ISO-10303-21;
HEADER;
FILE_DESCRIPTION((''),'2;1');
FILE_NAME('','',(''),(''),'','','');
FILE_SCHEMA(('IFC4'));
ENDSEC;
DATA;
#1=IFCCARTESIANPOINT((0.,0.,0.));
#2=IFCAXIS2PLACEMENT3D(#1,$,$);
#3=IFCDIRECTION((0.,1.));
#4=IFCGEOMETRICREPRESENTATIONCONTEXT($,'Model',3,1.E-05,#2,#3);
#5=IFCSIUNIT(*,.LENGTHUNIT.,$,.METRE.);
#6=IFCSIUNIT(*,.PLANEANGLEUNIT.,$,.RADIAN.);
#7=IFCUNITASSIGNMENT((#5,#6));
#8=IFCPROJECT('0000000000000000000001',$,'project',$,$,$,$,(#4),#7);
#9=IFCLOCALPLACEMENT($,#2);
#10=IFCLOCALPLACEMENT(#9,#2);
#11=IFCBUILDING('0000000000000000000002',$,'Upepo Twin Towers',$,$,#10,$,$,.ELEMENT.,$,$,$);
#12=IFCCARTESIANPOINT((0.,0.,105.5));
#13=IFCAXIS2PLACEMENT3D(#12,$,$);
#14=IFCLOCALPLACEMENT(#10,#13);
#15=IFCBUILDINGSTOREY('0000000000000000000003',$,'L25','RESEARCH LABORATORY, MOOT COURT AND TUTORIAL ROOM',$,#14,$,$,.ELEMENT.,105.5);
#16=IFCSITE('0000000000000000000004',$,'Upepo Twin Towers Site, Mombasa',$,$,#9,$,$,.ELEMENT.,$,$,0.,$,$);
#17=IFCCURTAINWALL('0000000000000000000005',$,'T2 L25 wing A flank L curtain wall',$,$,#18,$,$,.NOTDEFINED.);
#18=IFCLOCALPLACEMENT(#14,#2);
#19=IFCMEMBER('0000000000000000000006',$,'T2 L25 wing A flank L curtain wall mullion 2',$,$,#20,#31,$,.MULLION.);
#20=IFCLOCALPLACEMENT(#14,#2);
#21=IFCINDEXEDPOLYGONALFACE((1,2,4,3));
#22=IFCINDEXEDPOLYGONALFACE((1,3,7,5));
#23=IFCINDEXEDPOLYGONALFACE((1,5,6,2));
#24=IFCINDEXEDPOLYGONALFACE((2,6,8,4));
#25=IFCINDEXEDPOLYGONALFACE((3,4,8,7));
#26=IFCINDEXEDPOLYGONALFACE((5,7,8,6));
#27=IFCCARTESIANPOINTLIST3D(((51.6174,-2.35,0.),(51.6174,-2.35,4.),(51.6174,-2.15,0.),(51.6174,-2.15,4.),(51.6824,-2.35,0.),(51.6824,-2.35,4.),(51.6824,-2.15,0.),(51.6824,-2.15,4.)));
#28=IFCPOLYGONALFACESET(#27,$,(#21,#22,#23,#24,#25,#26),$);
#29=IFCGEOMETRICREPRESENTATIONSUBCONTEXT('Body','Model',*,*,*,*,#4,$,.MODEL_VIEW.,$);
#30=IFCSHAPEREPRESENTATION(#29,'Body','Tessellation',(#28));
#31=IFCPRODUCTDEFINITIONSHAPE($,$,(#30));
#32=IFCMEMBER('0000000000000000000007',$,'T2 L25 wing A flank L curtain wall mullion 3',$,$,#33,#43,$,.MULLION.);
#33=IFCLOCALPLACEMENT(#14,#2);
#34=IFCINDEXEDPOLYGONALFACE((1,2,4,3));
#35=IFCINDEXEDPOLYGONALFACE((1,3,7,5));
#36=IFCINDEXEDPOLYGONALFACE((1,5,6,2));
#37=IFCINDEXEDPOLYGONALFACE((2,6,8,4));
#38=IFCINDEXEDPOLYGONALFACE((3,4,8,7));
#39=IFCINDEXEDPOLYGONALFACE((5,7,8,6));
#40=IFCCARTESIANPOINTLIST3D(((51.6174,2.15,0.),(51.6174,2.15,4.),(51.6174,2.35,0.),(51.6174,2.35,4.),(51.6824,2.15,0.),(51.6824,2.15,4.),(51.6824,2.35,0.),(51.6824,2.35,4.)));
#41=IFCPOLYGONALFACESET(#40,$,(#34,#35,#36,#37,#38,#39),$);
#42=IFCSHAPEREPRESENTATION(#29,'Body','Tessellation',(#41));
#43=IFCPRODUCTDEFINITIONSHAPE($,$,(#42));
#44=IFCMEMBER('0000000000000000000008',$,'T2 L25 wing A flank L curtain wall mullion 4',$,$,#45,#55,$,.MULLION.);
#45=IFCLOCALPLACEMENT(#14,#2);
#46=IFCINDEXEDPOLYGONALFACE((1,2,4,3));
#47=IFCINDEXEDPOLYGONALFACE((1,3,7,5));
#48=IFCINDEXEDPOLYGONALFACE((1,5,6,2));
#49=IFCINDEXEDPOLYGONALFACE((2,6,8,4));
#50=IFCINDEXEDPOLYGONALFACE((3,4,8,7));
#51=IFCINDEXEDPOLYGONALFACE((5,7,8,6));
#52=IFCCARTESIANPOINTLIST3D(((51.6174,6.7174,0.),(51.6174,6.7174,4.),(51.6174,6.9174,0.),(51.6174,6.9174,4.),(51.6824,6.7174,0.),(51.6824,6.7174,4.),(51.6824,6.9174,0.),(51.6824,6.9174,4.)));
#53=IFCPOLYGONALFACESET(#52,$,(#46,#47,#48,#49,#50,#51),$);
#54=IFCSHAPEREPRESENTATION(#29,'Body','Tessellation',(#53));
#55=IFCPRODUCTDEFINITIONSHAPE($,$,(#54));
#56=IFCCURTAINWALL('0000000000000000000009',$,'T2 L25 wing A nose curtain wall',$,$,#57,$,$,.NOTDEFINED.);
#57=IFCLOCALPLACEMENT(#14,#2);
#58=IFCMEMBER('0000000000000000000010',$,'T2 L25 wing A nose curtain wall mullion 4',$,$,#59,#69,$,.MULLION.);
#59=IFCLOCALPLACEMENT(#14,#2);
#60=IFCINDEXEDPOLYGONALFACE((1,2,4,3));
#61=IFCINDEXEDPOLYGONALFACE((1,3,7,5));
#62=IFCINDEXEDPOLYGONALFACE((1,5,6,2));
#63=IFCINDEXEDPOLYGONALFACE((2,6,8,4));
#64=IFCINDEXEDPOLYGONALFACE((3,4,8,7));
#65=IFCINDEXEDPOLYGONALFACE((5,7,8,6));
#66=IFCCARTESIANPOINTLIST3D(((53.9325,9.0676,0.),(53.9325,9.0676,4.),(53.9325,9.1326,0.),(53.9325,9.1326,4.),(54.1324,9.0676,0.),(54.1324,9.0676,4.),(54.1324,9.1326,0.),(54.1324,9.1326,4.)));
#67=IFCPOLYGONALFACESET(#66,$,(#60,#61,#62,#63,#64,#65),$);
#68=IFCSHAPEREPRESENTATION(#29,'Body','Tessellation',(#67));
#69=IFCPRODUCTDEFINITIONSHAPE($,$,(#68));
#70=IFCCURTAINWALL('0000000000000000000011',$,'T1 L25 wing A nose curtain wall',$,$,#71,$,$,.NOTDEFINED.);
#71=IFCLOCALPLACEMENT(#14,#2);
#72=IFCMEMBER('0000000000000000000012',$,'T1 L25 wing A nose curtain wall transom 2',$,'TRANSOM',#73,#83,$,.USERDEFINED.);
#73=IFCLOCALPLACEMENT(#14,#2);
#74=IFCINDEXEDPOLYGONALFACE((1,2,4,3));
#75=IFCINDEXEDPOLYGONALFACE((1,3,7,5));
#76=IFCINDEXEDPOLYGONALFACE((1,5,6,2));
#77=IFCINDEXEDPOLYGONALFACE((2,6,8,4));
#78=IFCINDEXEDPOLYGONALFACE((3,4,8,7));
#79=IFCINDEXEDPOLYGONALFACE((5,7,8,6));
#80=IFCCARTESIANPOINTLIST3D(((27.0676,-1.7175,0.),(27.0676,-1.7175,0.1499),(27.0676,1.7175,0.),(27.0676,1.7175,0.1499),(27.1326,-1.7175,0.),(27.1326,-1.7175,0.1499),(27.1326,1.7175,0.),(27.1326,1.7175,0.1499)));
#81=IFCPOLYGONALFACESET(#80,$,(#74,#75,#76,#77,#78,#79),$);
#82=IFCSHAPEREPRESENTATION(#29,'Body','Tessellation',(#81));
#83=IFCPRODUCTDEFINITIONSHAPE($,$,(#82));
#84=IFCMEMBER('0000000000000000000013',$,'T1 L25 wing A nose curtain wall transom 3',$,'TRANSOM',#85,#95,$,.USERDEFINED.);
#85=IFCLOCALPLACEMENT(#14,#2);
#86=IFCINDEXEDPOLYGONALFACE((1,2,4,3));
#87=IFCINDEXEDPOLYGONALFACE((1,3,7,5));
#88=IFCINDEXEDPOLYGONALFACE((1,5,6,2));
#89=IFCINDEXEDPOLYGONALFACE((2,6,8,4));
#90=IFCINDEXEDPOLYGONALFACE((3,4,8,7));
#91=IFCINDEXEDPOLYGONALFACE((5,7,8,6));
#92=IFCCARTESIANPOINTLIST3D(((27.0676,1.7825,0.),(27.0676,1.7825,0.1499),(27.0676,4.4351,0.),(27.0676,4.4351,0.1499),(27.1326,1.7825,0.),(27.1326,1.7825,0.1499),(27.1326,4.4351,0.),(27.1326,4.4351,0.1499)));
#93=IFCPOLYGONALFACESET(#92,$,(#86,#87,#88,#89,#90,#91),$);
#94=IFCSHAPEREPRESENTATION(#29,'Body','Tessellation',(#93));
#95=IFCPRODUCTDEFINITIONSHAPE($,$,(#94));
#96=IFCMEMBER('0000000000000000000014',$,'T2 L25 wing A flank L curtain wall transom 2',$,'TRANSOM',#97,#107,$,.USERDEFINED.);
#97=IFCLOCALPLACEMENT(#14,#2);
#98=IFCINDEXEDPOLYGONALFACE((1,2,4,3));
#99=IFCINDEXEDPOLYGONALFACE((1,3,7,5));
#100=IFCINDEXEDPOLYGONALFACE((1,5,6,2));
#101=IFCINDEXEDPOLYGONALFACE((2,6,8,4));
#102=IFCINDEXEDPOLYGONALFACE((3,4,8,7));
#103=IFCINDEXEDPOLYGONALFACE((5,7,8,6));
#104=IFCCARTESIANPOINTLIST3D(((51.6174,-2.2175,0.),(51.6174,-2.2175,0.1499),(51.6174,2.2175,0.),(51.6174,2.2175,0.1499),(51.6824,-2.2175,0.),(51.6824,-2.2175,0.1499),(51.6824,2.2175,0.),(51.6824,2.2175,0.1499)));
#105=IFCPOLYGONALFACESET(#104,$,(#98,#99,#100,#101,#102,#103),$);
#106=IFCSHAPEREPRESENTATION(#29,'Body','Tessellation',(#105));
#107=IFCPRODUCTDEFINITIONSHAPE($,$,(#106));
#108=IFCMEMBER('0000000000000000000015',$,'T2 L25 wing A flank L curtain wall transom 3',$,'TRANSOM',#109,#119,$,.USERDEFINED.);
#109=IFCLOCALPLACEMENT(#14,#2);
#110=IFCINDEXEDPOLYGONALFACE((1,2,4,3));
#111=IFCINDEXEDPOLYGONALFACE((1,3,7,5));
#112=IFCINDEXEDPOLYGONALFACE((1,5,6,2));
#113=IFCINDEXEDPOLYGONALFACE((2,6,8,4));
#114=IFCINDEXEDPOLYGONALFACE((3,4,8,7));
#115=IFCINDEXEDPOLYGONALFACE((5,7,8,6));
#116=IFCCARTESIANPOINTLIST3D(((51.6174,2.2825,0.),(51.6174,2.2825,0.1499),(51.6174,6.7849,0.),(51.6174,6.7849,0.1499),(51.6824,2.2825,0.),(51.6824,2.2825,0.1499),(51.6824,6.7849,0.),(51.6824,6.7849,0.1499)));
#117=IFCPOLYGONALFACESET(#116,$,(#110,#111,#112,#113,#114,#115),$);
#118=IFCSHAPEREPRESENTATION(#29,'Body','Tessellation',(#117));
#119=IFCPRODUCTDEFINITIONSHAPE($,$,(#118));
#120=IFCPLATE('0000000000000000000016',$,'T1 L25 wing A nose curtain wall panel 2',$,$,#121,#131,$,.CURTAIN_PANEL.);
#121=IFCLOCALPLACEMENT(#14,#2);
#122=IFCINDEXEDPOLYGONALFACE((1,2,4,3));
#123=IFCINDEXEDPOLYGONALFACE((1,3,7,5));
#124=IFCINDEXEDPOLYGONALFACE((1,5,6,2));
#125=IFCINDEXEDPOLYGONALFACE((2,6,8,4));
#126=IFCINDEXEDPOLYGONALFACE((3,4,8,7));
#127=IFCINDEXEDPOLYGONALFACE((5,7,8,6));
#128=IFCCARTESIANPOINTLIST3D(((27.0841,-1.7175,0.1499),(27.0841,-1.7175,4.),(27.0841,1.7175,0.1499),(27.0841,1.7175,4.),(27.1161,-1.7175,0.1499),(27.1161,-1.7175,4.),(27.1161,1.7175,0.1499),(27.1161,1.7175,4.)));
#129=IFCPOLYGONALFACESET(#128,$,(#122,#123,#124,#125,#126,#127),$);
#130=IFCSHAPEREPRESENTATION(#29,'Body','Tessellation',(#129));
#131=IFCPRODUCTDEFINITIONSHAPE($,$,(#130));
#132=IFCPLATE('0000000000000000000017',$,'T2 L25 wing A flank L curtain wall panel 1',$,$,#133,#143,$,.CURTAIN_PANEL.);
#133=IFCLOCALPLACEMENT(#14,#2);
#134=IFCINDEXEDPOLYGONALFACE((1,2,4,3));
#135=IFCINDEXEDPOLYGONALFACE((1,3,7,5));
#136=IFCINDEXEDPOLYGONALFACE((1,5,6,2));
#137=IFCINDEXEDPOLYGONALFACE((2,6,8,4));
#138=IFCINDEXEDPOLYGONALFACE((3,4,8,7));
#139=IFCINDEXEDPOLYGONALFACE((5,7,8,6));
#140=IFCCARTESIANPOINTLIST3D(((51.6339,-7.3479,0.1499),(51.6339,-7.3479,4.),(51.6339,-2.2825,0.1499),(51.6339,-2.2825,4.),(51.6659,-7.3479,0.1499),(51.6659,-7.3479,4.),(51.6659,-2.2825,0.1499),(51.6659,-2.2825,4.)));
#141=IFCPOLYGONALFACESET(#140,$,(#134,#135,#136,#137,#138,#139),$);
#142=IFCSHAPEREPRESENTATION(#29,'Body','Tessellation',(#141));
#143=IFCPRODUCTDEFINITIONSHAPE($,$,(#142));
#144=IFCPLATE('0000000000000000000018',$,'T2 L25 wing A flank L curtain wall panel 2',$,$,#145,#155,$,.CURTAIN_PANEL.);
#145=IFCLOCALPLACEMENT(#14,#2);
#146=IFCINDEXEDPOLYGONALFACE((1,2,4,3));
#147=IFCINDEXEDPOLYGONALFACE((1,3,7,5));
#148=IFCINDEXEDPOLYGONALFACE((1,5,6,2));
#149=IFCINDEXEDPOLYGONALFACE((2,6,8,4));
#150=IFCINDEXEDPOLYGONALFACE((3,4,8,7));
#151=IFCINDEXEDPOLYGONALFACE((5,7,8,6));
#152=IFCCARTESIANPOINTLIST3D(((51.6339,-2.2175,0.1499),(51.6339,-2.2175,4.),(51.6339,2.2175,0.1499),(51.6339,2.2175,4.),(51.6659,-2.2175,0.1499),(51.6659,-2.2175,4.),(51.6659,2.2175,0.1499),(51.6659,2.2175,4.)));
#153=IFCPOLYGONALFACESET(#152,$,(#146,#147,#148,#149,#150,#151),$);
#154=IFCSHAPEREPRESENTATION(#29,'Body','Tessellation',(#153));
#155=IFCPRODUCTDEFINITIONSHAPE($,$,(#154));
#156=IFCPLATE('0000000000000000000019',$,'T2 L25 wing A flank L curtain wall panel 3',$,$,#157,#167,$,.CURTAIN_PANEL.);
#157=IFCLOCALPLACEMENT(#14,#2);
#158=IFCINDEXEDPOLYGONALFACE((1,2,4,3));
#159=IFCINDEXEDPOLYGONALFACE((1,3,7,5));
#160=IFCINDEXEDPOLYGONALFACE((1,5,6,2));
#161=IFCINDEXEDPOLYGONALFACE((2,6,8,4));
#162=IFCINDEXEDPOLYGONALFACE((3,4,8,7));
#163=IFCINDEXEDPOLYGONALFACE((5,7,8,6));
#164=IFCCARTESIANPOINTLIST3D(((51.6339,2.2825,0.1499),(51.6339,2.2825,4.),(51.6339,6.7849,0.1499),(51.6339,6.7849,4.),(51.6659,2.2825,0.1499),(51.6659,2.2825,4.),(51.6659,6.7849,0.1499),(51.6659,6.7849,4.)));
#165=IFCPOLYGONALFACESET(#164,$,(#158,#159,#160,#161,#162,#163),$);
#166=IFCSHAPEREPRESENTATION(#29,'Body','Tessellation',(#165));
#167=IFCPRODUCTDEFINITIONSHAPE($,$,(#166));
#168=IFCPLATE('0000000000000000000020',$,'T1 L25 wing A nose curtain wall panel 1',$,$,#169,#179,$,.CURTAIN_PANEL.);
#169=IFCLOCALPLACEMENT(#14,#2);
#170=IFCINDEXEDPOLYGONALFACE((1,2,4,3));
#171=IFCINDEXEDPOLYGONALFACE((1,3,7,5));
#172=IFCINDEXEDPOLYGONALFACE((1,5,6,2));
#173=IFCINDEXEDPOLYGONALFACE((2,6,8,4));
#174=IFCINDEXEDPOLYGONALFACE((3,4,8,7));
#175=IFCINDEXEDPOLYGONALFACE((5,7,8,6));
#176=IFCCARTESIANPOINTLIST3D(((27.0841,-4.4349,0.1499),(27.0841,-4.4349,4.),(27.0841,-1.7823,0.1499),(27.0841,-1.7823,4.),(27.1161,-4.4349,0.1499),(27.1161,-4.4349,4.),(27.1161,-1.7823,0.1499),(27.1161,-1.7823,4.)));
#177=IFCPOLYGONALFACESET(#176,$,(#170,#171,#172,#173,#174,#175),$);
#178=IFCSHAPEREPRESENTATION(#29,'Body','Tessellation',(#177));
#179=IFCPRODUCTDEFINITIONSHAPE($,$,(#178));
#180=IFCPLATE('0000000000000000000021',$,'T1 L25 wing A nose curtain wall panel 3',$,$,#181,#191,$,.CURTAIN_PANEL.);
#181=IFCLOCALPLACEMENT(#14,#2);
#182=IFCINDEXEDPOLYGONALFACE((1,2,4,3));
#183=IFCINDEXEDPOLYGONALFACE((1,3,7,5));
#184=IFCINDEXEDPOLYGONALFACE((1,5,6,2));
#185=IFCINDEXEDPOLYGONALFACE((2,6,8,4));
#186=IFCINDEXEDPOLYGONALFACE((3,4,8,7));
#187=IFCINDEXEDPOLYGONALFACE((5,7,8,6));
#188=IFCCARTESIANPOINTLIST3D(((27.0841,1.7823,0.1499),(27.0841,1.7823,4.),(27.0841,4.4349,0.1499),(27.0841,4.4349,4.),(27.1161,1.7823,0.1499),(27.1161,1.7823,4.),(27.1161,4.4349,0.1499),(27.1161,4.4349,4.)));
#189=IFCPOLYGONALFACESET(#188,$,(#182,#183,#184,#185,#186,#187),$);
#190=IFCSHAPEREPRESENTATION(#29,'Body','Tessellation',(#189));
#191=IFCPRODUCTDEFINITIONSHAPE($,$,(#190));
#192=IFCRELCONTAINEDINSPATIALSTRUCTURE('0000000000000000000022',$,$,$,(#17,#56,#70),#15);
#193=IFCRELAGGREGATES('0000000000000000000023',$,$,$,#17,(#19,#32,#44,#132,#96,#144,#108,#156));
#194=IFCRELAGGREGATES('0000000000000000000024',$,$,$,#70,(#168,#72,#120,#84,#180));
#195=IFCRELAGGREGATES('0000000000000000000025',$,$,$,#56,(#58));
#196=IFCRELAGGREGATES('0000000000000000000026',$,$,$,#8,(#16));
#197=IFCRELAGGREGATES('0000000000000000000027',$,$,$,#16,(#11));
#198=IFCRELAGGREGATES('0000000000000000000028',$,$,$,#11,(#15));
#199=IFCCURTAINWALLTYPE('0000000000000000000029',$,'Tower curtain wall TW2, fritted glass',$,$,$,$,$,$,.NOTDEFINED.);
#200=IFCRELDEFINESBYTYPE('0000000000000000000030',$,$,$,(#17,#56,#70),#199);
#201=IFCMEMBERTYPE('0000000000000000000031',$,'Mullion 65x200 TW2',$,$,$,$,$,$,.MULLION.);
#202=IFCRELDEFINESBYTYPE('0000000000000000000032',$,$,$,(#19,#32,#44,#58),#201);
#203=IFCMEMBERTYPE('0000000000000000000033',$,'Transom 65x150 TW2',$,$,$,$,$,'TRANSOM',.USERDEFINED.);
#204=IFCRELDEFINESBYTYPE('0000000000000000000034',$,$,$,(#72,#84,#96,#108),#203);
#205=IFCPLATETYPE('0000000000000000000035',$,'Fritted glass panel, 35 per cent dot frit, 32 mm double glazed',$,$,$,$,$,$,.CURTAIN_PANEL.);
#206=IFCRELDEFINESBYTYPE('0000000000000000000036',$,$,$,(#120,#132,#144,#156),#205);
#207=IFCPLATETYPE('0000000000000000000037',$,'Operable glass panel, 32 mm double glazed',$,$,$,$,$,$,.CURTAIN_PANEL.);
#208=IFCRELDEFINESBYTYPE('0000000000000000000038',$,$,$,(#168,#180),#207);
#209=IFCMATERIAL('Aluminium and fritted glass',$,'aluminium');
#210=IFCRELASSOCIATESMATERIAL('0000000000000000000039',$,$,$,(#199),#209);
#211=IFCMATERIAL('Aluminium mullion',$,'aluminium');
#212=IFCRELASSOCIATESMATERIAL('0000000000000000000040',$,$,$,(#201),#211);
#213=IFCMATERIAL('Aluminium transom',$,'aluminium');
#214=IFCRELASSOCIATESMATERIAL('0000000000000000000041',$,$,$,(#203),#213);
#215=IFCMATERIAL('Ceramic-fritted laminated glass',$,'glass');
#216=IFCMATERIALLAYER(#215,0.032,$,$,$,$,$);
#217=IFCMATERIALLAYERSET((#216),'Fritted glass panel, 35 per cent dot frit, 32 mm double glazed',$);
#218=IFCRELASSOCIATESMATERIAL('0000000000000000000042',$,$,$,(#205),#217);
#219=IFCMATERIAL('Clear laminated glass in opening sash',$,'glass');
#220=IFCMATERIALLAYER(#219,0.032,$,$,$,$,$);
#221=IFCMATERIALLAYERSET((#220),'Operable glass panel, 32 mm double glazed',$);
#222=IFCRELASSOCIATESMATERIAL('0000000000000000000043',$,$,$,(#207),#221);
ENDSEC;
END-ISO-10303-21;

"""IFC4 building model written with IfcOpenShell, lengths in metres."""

from ifc_helpers import new_model, si_unit, direction, frame, origin, origin_2d, place, context, subcontext, project, spatial, rectangle, extrude, material, layer, layer_set, material_profile, profile_set, type_object, element, aggregate, save


model = new_model("IFC4")

# Units and contexts
model_context = context("Model", 3, precision=1e-05, world=origin(), true_north=direction((0.0, 1.0)))
body_context = subcontext(model_context, "Body", "Model", "MODEL_VIEW")
ifc_project = project(units=[si_unit("LENGTHUNIT", "METRE"), si_unit("PLANEANGLEUNIT", "RADIAN")], contexts=[model_context])

# Site, building, storey
site_placement = place(None, origin())
site = spatial("IfcSite", under=ifc_project, at=site_placement, Name="Upepo Twin Towers Site, Mombasa", CompositionType="ELEMENT", RefElevation=0.0)
building_placement = place(site_placement, origin())
building = spatial("IfcBuilding", under=site, at=building_placement, Name="Upepo Twin Towers", CompositionType="ELEMENT")
storey_placement = place(building_placement, frame((0.0, 0.0, 105.5)))
storey = spatial("IfcBuildingStorey", under=building, at=storey_placement, Name="L25", Description="RESEARCH LABORATORY, MOOT COURT AND TUTORIAL ROOM", CompositionType="ELEMENT", Elevation=105.5)

# Curtain wall, members
ifc_material_1 = material(Name="Aluminium and fritted glass", Category="aluminium")
curtain_wall_type = type_object("IfcCurtainWallType", Name="Tower curtain wall TW2, fritted glass", PredefinedType="NOTDEFINED", material=ifc_material_1)
curtain_wall_1_placement = place(storey_placement, origin())
curtain_wall_1 = element("IfcCurtainWall", 1, at=curtain_wall_1_placement, inside=storey, type_object=curtain_wall_type, Name="T2 L25 wing A flank L curtain wall", PredefinedType="NOTDEFINED")
ifc_material_2 = material(Name="Aluminium mullion", Category="aluminium")
ifc_material_profile_1 = material_profile(ifc_material_2, rectangle(XDim=0.0649, YDim=0.2, at=origin_2d()), Name="MULLION 65x200")
ifc_profile_set_1 = profile_set([ifc_material_profile_1], Name="Aluminium mullion")
member_type_1 = type_object("IfcMemberType", Name="Mullion 65x200 TW2", PredefinedType="MULLION", material=ifc_profile_set_1)
member_1_placement = place(storey_placement, frame((51.6499, -2.25, 0.0), z_axis=(0.0, 0.0, 1.0), x_axis=(-1.0, 0.0, 0.0)))
member_1 = element("IfcMember", 2, at=member_1_placement, type_object=member_type_1, Name="T2 L25 wing A flank L curtain wall mullion 2", PredefinedType="MULLION", context=body_context, shape_type="SweptSolid", body=[
    extrude(rectangle(XDim=0.0649, YDim=0.2, at=origin_2d()), origin(), (0.0, 0.0, 1.0), 4.0),
])
member_2_placement = place(storey_placement, frame((51.6499, 2.25, 0.0), z_axis=(0.0, 0.0, 1.0), x_axis=(-1.0, 0.0, 0.0)))
member_2 = element("IfcMember", 3, at=member_2_placement, type_object=member_type_1, Name="T2 L25 wing A flank L curtain wall mullion 3", PredefinedType="MULLION", context=body_context, shape_type="SweptSolid", body=[
    extrude(rectangle(XDim=0.0649, YDim=0.2, at=origin_2d()), origin(), (0.0, 0.0, 1.0), 4.0),
])
member_3_placement = place(storey_placement, frame((51.6499, 6.8174, 0.0), z_axis=(0.0, 0.0, 1.0), x_axis=(-1.0, 0.0, 0.0)))
member_3 = element("IfcMember", 4, at=member_3_placement, type_object=member_type_1, Name="T2 L25 wing A flank L curtain wall mullion 4", PredefinedType="MULLION", context=body_context, shape_type="SweptSolid", body=[
    extrude(rectangle(XDim=0.0649, YDim=0.2, at=origin_2d()), origin(), (0.0, 0.0, 1.0), 4.0),
])

# Curtain wall, member
curtain_wall_2_placement = place(storey_placement, origin())
curtain_wall_2 = element("IfcCurtainWall", 5, at=curtain_wall_2_placement, inside=storey, type_object=curtain_wall_type, Name="T2 L25 wing A nose curtain wall", PredefinedType="NOTDEFINED")
member_4_placement = place(storey_placement, frame((54.0325, 9.1001, 0.0), z_axis=(0.0, 0.0, 1.0), x_axis=(0.0, -1.0, 0.0)))
member_4 = element("IfcMember", 6, at=member_4_placement, type_object=member_type_1, Name="T2 L25 wing A nose curtain wall mullion 4", PredefinedType="MULLION", context=body_context, shape_type="SweptSolid", body=[
    extrude(rectangle(XDim=0.0649, YDim=0.2, at=origin_2d()), origin(), (0.0, 0.0, 1.0), 4.0),
])

# Curtain wall, members
curtain_wall_3_placement = place(storey_placement, origin())
curtain_wall_3 = element("IfcCurtainWall", 7, at=curtain_wall_3_placement, inside=storey, type_object=curtain_wall_type, Name="T1 L25 wing A nose curtain wall", PredefinedType="NOTDEFINED")
ifc_material_3 = material(Name="Aluminium transom", Category="aluminium")
ifc_material_profile_2 = material_profile(ifc_material_3, rectangle(XDim=0.0649, YDim=0.1499, at=origin_2d()), Name="TRANSOM 65x150")
ifc_profile_set_2 = profile_set([ifc_material_profile_2], Name="Aluminium transom")
member_type_2 = type_object("IfcMemberType", Name="Transom 65x150 TW2", ElementType="TRANSOM", PredefinedType="USERDEFINED", material=ifc_profile_set_2)
member_5_placement = place(storey_placement, frame((27.1001, -1.7175, 0.075), z_axis=(0.0, 1.0, 0.0), x_axis=(-1.0, 0.0, 0.0)))
member_5 = element("IfcMember", 8, at=member_5_placement, type_object=member_type_2, Name="T1 L25 wing A nose curtain wall transom 2", ObjectType="TRANSOM", PredefinedType="USERDEFINED", context=body_context, shape_type="SweptSolid", body=[
    extrude(rectangle(XDim=0.0649, YDim=0.1499, at=origin_2d()), origin(), (0.0, 0.0, 1.0), 3.4351),
])
member_6_placement = place(storey_placement, frame((27.1001, 1.7825, 0.075), z_axis=(0.0, 1.0, 0.0), x_axis=(-1.0, 0.0, 0.0)))
member_6 = element("IfcMember", 9, at=member_6_placement, type_object=member_type_2, Name="T1 L25 wing A nose curtain wall transom 3", ObjectType="TRANSOM", PredefinedType="USERDEFINED", context=body_context, shape_type="SweptSolid", body=[
    extrude(rectangle(XDim=0.0649, YDim=0.1499, at=origin_2d()), origin(), (0.0, 0.0, 1.0), 2.6526),
])

# Members
member_7_placement = place(storey_placement, frame((51.6499, -2.2175, 0.075), z_axis=(0.0, 1.0, 0.0), x_axis=(-1.0, 0.0, 0.0)))
member_7 = element("IfcMember", 10, at=member_7_placement, type_object=member_type_2, Name="T2 L25 wing A flank L curtain wall transom 2", ObjectType="TRANSOM", PredefinedType="USERDEFINED", context=body_context, shape_type="SweptSolid", body=[
    extrude(rectangle(XDim=0.0649, YDim=0.1499, at=origin_2d()), origin(), (0.0, 0.0, 1.0), 4.4351),
])
member_8_placement = place(storey_placement, frame((51.6499, 2.2825, 0.075), z_axis=(0.0, 1.0, 0.0), x_axis=(-1.0, 0.0, 0.0)))
member_8 = element("IfcMember", 11, at=member_8_placement, type_object=member_type_2, Name="T2 L25 wing A flank L curtain wall transom 3", ObjectType="TRANSOM", PredefinedType="USERDEFINED", context=body_context, shape_type="SweptSolid", body=[
    extrude(rectangle(XDim=0.0649, YDim=0.1499, at=origin_2d()), origin(), (0.0, 0.0, 1.0), 4.5024),
])

# Plates
ifc_material_4 = material(Name="Ceramic-fritted laminated glass", Category="glass")
ifc_layer_1 = layer(ifc_material_4, 0.032)
ifc_layer_set_1 = layer_set([ifc_layer_1], Name="Fritted glass panel, 35 per cent dot frit, 32 mm double glazed")
plate_type_1 = type_object("IfcPlateType", Name="Fritted glass panel, 35 per cent dot frit, 32 mm double glazed", PredefinedType="CURTAIN_PANEL", material=ifc_layer_set_1)
plate_1_placement = place(storey_placement, frame((27.1001, 0.0, 0.1499), z_axis=(0.0, 0.0, 1.0), x_axis=(0.0, 1.0, 0.0)))
plate_1 = element("IfcPlate", 12, at=plate_1_placement, type_object=plate_type_1, Name="T1 L25 wing A nose curtain wall panel 2", PredefinedType="CURTAIN_PANEL", context=body_context, shape_type="SweptSolid", body=[
    extrude(rectangle(XDim=3.4351, YDim=0.032, at=origin_2d()), origin(), (0.0, 0.0, 1.0), 3.8501),
])
plate_2_placement = place(storey_placement, frame((51.6499, -4.8152, 0.1499), z_axis=(0.0, 0.0, 1.0), x_axis=(0.0, 1.0, 0.0)))
plate_2 = element("IfcPlate", 13, at=plate_2_placement, type_object=plate_type_1, Name="T2 L25 wing A flank L curtain wall panel 1", PredefinedType="CURTAIN_PANEL", context=body_context, shape_type="SweptSolid", body=[
    extrude(rectangle(XDim=5.0654, YDim=0.032, at=origin_2d()), origin(), (0.0, 0.0, 1.0), 3.8501),
])
plate_3_placement = place(storey_placement, frame((51.6499, 0.0, 0.1499), z_axis=(0.0, 0.0, 1.0), x_axis=(0.0, 1.0, 0.0)))
plate_3 = element("IfcPlate", 14, at=plate_3_placement, type_object=plate_type_1, Name="T2 L25 wing A flank L curtain wall panel 2", PredefinedType="CURTAIN_PANEL", context=body_context, shape_type="SweptSolid", body=[
    extrude(rectangle(XDim=4.4351, YDim=0.032, at=origin_2d()), origin(), (0.0, 0.0, 1.0), 3.8501),
])
plate_4_placement = place(storey_placement, frame((51.6499, 4.5337, 0.1499), z_axis=(0.0, 0.0, 1.0), x_axis=(0.0, 1.0, 0.0)))
plate_4 = element("IfcPlate", 15, at=plate_4_placement, type_object=plate_type_1, Name="T2 L25 wing A flank L curtain wall panel 3", PredefinedType="CURTAIN_PANEL", context=body_context, shape_type="SweptSolid", body=[
    extrude(rectangle(XDim=4.5024, YDim=0.032, at=origin_2d()), origin(), (0.0, 0.0, 1.0), 3.8501),
])
aggregate(curtain_wall_1, [member_1, member_2, member_3, plate_2, member_7, plate_3, member_8, plate_4])
ifc_material_5 = material(Name="Clear laminated glass in opening sash", Category="glass")
ifc_layer_2 = layer(ifc_material_5, 0.032)
ifc_layer_set_2 = layer_set([ifc_layer_2], Name="Operable glass panel, 32 mm double glazed")
plate_type_2 = type_object("IfcPlateType", Name="Operable glass panel, 32 mm double glazed", PredefinedType="CURTAIN_PANEL", material=ifc_layer_set_2)
plate_5_placement = place(storey_placement, frame((27.1001, -3.1086, 0.1499), z_axis=(0.0, 0.0, 1.0), x_axis=(0.0, 1.0, 0.0)))
plate_5 = element("IfcPlate", 16, at=plate_5_placement, type_object=plate_type_2, Name="T1 L25 wing A nose curtain wall panel 1", PredefinedType="CURTAIN_PANEL", context=body_context, shape_type="SweptSolid", body=[
    extrude(rectangle(XDim=2.6526, YDim=0.032, at=origin_2d()), origin(), (0.0, 0.0, 1.0), 3.8501),
])
plate_6_placement = place(storey_placement, frame((27.1001, 3.1086, 0.1499), z_axis=(0.0, 0.0, 1.0), x_axis=(0.0, 1.0, 0.0)))
plate_6 = element("IfcPlate", 17, at=plate_6_placement, type_object=plate_type_2, Name="T1 L25 wing A nose curtain wall panel 3", PredefinedType="CURTAIN_PANEL", context=body_context, shape_type="SweptSolid", body=[
    extrude(rectangle(XDim=2.6526, YDim=0.032, at=origin_2d()), origin(), (0.0, 0.0, 1.0), 3.8501),
])
aggregate(curtain_wall_3, [plate_5, member_5, plate_1, member_6, plate_6])
aggregate(curtain_wall_2, [member_4])

save(model, "model.ifc")
